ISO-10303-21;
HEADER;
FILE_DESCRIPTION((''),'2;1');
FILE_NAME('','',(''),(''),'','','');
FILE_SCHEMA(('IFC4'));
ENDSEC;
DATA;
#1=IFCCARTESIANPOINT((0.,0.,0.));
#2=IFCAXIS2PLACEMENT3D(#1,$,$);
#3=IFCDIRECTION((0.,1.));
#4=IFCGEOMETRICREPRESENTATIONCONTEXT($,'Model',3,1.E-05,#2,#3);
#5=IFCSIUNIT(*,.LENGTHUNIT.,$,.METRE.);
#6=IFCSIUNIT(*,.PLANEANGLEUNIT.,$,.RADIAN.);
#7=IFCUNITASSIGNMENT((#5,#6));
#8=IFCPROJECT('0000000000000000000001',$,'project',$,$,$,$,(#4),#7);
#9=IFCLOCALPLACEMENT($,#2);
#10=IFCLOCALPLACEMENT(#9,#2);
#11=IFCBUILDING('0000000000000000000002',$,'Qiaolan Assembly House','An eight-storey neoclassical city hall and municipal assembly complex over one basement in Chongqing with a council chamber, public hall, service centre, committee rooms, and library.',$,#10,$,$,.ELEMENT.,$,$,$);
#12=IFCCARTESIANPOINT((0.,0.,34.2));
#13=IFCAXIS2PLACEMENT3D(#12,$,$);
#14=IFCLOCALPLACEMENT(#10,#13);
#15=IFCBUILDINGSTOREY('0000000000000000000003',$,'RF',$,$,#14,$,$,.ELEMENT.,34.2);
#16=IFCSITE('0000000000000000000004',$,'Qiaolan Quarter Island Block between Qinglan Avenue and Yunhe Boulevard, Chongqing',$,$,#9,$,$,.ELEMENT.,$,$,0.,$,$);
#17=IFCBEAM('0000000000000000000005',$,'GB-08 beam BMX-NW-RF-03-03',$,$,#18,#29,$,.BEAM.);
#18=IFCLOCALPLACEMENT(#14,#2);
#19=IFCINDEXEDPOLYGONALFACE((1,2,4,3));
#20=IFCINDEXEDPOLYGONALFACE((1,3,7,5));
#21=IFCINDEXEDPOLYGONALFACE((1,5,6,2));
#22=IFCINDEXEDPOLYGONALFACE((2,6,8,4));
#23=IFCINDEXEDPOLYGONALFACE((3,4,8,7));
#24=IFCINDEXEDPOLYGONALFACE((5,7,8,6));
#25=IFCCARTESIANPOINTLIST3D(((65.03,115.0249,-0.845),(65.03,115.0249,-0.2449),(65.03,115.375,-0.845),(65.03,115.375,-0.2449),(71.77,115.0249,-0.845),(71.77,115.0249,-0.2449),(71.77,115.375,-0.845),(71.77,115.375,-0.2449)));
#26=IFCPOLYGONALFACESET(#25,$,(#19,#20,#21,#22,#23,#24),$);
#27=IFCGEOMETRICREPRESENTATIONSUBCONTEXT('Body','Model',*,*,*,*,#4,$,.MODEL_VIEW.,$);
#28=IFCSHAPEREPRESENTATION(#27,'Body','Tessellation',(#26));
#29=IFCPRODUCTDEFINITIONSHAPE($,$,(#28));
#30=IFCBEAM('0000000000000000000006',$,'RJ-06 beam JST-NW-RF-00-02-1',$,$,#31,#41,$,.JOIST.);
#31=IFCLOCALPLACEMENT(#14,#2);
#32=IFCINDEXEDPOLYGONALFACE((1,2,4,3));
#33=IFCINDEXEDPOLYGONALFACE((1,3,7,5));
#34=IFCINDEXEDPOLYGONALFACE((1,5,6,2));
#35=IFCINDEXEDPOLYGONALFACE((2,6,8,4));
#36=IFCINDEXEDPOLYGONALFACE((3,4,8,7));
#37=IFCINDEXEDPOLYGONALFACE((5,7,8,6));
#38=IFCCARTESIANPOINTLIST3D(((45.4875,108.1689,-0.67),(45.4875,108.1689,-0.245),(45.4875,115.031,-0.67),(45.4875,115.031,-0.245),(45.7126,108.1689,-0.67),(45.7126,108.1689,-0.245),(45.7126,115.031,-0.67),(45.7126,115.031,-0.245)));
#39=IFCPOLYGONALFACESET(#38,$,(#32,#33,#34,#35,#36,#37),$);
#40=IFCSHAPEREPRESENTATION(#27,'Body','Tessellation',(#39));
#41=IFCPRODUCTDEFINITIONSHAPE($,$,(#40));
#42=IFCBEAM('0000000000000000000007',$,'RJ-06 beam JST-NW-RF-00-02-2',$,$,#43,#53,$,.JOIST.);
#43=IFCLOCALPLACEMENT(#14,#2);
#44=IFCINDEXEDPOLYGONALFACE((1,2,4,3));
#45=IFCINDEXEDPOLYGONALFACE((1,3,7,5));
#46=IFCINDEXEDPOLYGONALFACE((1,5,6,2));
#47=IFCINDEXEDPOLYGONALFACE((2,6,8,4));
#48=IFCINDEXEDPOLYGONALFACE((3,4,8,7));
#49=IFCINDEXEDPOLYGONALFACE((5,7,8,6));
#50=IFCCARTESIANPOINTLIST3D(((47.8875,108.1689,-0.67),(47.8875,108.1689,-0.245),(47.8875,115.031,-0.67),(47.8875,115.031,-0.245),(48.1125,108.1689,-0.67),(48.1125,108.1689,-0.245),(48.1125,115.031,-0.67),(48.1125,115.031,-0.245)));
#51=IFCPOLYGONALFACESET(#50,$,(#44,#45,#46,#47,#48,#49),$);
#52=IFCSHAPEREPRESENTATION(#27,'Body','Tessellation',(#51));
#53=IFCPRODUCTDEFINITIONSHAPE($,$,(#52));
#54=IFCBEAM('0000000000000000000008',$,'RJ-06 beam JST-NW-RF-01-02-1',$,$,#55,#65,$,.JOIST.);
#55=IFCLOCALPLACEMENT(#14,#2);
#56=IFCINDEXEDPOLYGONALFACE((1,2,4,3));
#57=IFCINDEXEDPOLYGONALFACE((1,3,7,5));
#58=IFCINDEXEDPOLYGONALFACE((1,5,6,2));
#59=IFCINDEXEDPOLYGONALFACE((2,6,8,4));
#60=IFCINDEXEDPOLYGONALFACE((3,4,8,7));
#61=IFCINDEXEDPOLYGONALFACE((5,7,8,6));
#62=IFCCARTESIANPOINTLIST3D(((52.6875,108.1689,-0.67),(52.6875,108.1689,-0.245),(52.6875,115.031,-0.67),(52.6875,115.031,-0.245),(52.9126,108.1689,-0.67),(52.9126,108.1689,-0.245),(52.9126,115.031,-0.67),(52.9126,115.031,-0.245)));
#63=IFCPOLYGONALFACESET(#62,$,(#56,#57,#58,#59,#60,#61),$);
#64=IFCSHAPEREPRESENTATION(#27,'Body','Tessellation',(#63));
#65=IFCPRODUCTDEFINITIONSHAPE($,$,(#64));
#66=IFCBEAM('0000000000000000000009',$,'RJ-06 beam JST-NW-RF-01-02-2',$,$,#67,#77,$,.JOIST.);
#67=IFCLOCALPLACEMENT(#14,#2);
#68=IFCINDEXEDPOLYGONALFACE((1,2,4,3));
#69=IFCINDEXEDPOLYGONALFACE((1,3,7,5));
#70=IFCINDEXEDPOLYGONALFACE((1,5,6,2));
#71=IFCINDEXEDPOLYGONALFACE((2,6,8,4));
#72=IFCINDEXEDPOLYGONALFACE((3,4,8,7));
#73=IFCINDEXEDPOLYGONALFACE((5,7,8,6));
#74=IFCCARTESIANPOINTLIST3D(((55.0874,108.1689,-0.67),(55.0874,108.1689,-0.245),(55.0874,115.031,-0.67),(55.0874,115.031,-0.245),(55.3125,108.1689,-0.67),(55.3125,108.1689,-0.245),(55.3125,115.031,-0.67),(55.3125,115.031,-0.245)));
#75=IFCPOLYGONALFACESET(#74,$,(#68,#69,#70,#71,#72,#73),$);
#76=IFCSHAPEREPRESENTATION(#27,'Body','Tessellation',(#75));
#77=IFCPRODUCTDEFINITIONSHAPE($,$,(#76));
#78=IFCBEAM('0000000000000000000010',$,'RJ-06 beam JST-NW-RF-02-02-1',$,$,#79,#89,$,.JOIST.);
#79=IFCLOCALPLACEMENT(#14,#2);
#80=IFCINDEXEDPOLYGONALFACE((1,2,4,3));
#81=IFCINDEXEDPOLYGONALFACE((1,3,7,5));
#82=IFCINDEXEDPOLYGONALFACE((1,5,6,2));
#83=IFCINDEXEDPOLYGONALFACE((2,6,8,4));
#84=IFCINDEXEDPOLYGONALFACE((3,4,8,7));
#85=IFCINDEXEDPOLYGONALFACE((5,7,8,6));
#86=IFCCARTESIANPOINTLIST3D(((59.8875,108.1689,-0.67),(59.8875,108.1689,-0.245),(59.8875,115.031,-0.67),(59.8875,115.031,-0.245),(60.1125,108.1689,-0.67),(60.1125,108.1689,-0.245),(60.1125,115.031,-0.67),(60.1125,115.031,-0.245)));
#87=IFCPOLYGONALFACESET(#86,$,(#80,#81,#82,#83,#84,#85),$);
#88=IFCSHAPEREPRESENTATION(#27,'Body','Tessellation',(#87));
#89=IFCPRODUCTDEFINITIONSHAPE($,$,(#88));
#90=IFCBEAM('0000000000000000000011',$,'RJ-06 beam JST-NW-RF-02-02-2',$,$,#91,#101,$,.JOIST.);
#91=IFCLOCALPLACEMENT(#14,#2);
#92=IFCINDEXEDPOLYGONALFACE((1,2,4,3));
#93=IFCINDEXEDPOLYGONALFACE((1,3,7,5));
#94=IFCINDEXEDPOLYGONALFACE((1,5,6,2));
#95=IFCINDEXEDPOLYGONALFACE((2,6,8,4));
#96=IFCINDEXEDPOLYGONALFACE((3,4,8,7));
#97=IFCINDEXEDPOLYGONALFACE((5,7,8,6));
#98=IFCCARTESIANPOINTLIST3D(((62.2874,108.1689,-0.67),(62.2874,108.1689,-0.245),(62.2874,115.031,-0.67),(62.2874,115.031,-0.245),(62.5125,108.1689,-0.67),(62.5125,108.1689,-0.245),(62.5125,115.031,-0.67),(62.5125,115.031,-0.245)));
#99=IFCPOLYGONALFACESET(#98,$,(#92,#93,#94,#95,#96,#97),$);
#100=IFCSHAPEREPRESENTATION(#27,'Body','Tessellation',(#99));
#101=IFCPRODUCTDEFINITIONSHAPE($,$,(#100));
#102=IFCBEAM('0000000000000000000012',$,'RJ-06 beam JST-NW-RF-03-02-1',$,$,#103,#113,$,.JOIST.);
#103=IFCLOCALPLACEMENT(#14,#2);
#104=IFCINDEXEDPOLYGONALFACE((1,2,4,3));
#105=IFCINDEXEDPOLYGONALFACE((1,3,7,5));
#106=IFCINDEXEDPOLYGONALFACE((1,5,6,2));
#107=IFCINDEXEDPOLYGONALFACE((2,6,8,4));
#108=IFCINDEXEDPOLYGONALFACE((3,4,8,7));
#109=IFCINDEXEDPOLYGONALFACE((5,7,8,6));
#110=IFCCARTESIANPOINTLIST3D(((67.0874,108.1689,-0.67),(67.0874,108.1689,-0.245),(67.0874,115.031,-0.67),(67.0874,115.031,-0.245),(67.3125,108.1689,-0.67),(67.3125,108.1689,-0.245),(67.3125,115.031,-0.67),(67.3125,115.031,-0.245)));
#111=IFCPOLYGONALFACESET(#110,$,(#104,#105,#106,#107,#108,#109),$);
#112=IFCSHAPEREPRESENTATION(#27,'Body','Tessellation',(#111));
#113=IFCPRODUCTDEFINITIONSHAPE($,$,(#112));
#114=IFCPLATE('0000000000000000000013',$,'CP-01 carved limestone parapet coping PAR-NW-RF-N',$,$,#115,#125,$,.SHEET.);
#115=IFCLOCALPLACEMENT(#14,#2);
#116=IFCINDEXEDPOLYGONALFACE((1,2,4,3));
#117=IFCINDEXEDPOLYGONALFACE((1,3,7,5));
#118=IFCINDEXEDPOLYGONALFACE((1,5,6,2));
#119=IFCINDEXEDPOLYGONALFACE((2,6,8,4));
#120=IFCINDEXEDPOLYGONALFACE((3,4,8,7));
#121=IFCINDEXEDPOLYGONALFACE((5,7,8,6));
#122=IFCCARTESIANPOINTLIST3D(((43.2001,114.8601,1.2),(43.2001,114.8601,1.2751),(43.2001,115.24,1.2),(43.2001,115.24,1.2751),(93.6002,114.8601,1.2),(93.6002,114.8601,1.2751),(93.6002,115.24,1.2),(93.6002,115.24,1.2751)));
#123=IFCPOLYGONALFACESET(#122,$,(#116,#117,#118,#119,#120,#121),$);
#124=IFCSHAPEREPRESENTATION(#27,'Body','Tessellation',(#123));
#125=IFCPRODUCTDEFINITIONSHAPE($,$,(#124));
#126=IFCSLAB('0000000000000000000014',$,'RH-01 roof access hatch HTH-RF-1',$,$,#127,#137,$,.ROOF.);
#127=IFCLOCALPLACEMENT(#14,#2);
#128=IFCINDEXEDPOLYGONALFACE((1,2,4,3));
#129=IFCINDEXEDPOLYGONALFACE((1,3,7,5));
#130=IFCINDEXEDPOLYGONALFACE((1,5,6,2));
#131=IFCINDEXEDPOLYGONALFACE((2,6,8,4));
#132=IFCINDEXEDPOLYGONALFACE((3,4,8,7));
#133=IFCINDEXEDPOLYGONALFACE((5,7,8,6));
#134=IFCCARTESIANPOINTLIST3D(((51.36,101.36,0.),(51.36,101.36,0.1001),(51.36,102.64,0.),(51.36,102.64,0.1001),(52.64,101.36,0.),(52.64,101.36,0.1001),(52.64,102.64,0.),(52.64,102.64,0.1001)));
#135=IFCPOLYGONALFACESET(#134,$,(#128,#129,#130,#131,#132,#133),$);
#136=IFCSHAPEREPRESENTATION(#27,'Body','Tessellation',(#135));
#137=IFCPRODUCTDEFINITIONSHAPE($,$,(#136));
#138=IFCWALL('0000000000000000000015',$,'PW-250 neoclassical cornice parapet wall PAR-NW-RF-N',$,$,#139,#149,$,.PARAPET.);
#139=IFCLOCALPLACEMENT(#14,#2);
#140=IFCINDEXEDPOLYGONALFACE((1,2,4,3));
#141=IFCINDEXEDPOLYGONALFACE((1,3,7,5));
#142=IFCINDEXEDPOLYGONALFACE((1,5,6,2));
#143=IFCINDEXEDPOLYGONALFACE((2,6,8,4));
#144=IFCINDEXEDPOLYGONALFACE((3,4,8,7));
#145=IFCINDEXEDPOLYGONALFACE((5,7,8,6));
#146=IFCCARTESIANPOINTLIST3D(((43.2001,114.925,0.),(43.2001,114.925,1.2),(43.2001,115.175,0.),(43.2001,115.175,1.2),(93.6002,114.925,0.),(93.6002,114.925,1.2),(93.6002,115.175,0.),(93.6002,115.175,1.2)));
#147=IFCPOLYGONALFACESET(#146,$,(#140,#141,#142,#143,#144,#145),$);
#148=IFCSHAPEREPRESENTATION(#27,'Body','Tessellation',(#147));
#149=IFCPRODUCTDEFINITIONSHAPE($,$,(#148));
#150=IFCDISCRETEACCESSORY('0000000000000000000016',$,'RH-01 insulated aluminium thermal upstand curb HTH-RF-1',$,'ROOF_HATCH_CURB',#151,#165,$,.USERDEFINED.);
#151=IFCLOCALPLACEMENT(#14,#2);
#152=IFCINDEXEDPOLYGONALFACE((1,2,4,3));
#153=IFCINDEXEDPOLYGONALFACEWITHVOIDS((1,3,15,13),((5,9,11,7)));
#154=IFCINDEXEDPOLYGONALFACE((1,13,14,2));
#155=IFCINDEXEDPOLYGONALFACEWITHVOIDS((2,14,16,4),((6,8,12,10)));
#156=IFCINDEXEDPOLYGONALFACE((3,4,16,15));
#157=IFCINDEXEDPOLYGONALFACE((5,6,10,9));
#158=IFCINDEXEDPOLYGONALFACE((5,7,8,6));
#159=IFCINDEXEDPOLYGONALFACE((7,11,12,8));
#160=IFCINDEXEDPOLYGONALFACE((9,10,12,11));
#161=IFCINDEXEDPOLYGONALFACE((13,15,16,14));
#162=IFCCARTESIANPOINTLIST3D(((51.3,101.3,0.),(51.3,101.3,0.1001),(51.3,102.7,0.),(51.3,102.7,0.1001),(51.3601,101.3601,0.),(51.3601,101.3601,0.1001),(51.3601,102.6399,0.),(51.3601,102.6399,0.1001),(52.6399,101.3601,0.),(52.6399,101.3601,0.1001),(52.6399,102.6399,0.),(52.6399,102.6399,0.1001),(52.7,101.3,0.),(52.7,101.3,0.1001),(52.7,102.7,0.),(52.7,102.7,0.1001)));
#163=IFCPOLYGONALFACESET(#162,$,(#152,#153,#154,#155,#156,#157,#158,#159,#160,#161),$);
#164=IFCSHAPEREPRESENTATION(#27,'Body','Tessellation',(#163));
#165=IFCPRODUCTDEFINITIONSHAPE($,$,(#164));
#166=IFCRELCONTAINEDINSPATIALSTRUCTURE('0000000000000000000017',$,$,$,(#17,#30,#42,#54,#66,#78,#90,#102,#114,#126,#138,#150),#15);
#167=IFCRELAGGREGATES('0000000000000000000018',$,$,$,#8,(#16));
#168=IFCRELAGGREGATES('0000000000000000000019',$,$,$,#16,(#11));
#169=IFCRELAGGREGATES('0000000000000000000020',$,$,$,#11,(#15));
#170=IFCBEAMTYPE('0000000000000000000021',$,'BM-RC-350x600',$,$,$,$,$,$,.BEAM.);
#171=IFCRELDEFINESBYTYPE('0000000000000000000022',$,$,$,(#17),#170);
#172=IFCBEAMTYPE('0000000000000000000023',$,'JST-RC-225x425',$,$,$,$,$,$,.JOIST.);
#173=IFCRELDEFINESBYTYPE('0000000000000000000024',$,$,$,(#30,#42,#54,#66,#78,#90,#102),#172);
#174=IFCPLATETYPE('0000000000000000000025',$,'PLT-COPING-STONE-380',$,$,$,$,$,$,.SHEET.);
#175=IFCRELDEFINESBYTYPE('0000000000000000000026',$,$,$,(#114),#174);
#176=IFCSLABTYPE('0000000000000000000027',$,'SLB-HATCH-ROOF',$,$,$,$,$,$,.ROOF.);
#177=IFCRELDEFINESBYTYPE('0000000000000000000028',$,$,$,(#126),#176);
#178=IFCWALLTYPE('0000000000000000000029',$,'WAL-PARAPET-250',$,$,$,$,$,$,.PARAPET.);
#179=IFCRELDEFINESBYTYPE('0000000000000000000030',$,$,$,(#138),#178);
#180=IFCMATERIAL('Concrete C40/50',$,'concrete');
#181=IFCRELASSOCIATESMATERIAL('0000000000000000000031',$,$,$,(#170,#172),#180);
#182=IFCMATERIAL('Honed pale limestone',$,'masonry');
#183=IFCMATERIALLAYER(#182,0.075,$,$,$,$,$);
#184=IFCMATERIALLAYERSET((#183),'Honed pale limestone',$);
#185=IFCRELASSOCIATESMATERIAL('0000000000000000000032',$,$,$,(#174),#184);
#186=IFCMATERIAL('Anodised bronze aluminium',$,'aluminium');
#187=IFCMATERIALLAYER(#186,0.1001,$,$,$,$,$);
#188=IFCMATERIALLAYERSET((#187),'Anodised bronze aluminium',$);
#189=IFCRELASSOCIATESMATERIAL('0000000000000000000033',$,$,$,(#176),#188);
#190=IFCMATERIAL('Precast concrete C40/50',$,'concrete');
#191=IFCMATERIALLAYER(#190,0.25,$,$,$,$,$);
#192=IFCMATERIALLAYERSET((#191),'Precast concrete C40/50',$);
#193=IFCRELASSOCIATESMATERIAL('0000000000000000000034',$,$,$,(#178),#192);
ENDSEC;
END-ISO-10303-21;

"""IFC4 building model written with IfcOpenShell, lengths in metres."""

from ifc_helpers import new_model, si_unit, direction, frame, frame_2d, origin, origin_2d, place, context, subcontext, project, spatial, polyline, rectangle, outline, extrude, material, layer, layer_set, material_profile, profile_set, type_object, element, save


model = new_model("IFC4")

# Units and contexts
model_context = context("Model", 3, precision=1e-05, world=origin(), true_north=direction((0.0, 1.0)))
body_context = subcontext(model_context, "Body", "Model", "MODEL_VIEW")
ifc_project = project(units=[si_unit("LENGTHUNIT", "METRE"), si_unit("PLANEANGLEUNIT", "RADIAN")], contexts=[model_context])

# Site, building, storey
site_placement = place(None, origin())
site = spatial("IfcSite", under=ifc_project, at=site_placement, Name="Qiaolan Quarter Island Block between Qinglan Avenue and Yunhe Boulevard, Chongqing", CompositionType="ELEMENT", RefElevation=0.0)
building_placement = place(site_placement, origin())
building = spatial("IfcBuilding", under=site, at=building_placement, Name="Qiaolan Assembly House", Description="An eight-storey neoclassical city hall and municipal assembly complex over one basement in Chongqing with a council chamber, public hall, service centre, committee rooms, and library.", CompositionType="ELEMENT")
storey_placement = place(building_placement, frame((0.0, 0.0, 34.2)))
storey = spatial("IfcBuildingStorey", under=building, at=storey_placement, Name="RF", CompositionType="ELEMENT", Elevation=34.2)

# Beams
ifc_material_1 = material(Name="Concrete C40/50", Category="concrete")
ifc_material_profile_1 = material_profile(ifc_material_1, rectangle(XDim=0.3501, YDim=0.6001, at=origin_2d()), Name="RCB 350x600")
ifc_profile_set_1 = profile_set([ifc_material_profile_1], Name="Concrete C40/50")
beam_type_1 = type_object("IfcBeamType", Name="BM-RC-350x600", PredefinedType="BEAM", material=ifc_profile_set_1)
for number, where, z_axis, x_axis, name in (
    (1, (65.03, 115.2, -0.5449), (1.0, 0.0, 0.0), (0.0, 1.0, 0.0), "GB-08 beam BMX-NW-RF-03-03"),
):
    element("IfcBeam", number, at=place(storey_placement, frame(where, z_axis=z_axis, x_axis=x_axis)), inside=storey, type_object=beam_type_1, Name=name, PredefinedType="BEAM", context=body_context, shape_type="SweptSolid", body=[
        extrude(rectangle(XDim=0.3501, YDim=0.6001, at=origin_2d()), origin(), (0.0, 0.0, 1.0), 6.74),
    ])
ifc_material_profile_2 = material_profile(ifc_material_1, rectangle(XDim=0.2251, YDim=0.425, at=origin_2d()), Name="RCB 225x425")
ifc_profile_set_2 = profile_set([ifc_material_profile_2], Name="Concrete C40/50")
beam_type_2 = type_object("IfcBeamType", Name="JST-RC-225x425", PredefinedType="JOIST", material=ifc_profile_set_2)
for number, where, z_axis, x_axis, name in (
    (2, (45.6001, 108.1689, -0.4575), (0.0, 1.0, 0.0), (-1.0, 0.0, 0.0), "RJ-06 beam JST-NW-RF-00-02-1"),
    (3, (48.0, 108.1689, -0.4575), (0.0, 1.0, 0.0), (-1.0, 0.0, 0.0), "RJ-06 beam JST-NW-RF-00-02-2"),
    (4, (52.8, 108.1689, -0.4575), (0.0, 1.0, 0.0), (-1.0, 0.0, 0.0), "RJ-06 beam JST-NW-RF-01-02-1"),
    (5, (55.2, 108.1689, -0.4575), (0.0, 1.0, 0.0), (-1.0, 0.0, 0.0), "RJ-06 beam JST-NW-RF-01-02-2"),
    (6, (60.0, 108.1689, -0.4575), (0.0, 1.0, 0.0), (-1.0, 0.0, 0.0), "RJ-06 beam JST-NW-RF-02-02-1"),
    (7, (62.3999, 108.1689, -0.4575), (0.0, 1.0, 0.0), (-1.0, 0.0, 0.0), "RJ-06 beam JST-NW-RF-02-02-2"),
    (8, (67.2, 108.1689, -0.4575), (0.0, 1.0, 0.0), (-1.0, 0.0, 0.0), "RJ-06 beam JST-NW-RF-03-02-1"),
):
    element("IfcBeam", number, at=place(storey_placement, frame(where, z_axis=z_axis, x_axis=x_axis)), inside=storey, type_object=beam_type_2, Name=name, PredefinedType="JOIST", context=body_context, shape_type="SweptSolid", body=[
        extrude(rectangle(XDim=0.2251, YDim=0.425, at=origin_2d()), origin(), (0.0, 0.0, 1.0), 6.8621),
    ])

# Plate
ifc_material_2 = material(Name="Honed pale limestone", Category="masonry")
ifc_layer_1 = layer(ifc_material_2, 0.075)
ifc_layer_set_1 = layer_set([ifc_layer_1], Name="Honed pale limestone")
plate_type = type_object("IfcPlateType", Name="PLT-COPING-STONE-380", PredefinedType="SHEET", material=ifc_layer_set_1)
plate_placement = place(storey_placement, frame((43.2, 115.05, 1.2), z_axis=(0.0, 0.0, 1.0), x_axis=(1.0, 0.0, 0.0)))
element("IfcPlate", 9, at=plate_placement, inside=storey, type_object=plate_type, Name="CP-01 carved limestone parapet coping PAR-NW-RF-N", PredefinedType="SHEET", context=body_context, shape_type="SweptSolid", body=[
    extrude(rectangle(XDim=50.4001, YDim=0.3799, at=frame_2d((25.2002, 0.0))), origin(), (0.0, 0.0, 1.0), 0.0752),
])

# Slab
ifc_material_3 = material(Name="Anodised bronze aluminium", Category="aluminium")
ifc_layer_2 = layer(ifc_material_3, 0.1001)
ifc_layer_set_2 = layer_set([ifc_layer_2], Name="Anodised bronze aluminium")
slab_type = type_object("IfcSlabType", Name="SLB-HATCH-ROOF", PredefinedType="ROOF", material=ifc_layer_set_2)
slab_placement = place(storey_placement, frame((52.0, 102.0, 0.0), z_axis=(0.0, 0.0, 1.0), x_axis=(1.0, 0.0, 0.0)))
element("IfcSlab", 10, at=slab_placement, inside=storey, type_object=slab_type, Name="RH-01 roof access hatch HTH-RF-1", PredefinedType="ROOF", context=body_context, shape_type="SweptSolid", body=[
    extrude(rectangle(XDim=1.28, YDim=1.28, at=origin_2d()), origin(), (0.0, 0.0, 1.0), 0.1001),
])

# Wall
ifc_material_4 = material(Name="Precast concrete C40/50", Category="concrete")
ifc_layer_3 = layer(ifc_material_4, 0.25)
ifc_layer_set_3 = layer_set([ifc_layer_3], Name="Precast concrete C40/50")
wall_type = type_object("IfcWallType", Name="WAL-PARAPET-250", PredefinedType="PARAPET", material=ifc_layer_set_3)
wall_placement = place(storey_placement, frame((43.2, 115.05, 0.0), z_axis=(0.0, 0.0, 1.0), x_axis=(1.0, 0.0, 0.0)))
element("IfcWall", 11, at=wall_placement, inside=storey, type_object=wall_type, Name="PW-250 neoclassical cornice parapet wall PAR-NW-RF-N", PredefinedType="PARAPET", context=body_context, shape_type="SweptSolid", body=[
    extrude(rectangle(XDim=50.4001, YDim=0.25, at=frame_2d((25.2002, 0.0))), origin(), (0.0, 0.0, 1.0), 1.2),
])

# Discrete accessory
discrete_accessory_placement = place(storey_placement, frame((52.0, 102.0, 0.0)))
element("IfcDiscreteAccessory", 12, at=discrete_accessory_placement, inside=storey, Name="RH-01 insulated aluminium thermal upstand curb HTH-RF-1", ObjectType="ROOF_HATCH_CURB", PredefinedType="USERDEFINED", context=body_context, shape_type="SweptSolid", body=[
    extrude(outline(polyline([(-0.7, -0.7), (0.7, -0.7), (0.7, 0.7), (-0.7, 0.7), (-0.7, -0.7)]), holes=[polyline([(-0.6399, -0.6399), (-0.6399, 0.6399), (0.6399, 0.6399), (0.6399, -0.6399), (-0.6399, -0.6399)])]), origin(), (0.0, 0.0, 1.0), 0.1001),
])

save(model, "model.ifc")
